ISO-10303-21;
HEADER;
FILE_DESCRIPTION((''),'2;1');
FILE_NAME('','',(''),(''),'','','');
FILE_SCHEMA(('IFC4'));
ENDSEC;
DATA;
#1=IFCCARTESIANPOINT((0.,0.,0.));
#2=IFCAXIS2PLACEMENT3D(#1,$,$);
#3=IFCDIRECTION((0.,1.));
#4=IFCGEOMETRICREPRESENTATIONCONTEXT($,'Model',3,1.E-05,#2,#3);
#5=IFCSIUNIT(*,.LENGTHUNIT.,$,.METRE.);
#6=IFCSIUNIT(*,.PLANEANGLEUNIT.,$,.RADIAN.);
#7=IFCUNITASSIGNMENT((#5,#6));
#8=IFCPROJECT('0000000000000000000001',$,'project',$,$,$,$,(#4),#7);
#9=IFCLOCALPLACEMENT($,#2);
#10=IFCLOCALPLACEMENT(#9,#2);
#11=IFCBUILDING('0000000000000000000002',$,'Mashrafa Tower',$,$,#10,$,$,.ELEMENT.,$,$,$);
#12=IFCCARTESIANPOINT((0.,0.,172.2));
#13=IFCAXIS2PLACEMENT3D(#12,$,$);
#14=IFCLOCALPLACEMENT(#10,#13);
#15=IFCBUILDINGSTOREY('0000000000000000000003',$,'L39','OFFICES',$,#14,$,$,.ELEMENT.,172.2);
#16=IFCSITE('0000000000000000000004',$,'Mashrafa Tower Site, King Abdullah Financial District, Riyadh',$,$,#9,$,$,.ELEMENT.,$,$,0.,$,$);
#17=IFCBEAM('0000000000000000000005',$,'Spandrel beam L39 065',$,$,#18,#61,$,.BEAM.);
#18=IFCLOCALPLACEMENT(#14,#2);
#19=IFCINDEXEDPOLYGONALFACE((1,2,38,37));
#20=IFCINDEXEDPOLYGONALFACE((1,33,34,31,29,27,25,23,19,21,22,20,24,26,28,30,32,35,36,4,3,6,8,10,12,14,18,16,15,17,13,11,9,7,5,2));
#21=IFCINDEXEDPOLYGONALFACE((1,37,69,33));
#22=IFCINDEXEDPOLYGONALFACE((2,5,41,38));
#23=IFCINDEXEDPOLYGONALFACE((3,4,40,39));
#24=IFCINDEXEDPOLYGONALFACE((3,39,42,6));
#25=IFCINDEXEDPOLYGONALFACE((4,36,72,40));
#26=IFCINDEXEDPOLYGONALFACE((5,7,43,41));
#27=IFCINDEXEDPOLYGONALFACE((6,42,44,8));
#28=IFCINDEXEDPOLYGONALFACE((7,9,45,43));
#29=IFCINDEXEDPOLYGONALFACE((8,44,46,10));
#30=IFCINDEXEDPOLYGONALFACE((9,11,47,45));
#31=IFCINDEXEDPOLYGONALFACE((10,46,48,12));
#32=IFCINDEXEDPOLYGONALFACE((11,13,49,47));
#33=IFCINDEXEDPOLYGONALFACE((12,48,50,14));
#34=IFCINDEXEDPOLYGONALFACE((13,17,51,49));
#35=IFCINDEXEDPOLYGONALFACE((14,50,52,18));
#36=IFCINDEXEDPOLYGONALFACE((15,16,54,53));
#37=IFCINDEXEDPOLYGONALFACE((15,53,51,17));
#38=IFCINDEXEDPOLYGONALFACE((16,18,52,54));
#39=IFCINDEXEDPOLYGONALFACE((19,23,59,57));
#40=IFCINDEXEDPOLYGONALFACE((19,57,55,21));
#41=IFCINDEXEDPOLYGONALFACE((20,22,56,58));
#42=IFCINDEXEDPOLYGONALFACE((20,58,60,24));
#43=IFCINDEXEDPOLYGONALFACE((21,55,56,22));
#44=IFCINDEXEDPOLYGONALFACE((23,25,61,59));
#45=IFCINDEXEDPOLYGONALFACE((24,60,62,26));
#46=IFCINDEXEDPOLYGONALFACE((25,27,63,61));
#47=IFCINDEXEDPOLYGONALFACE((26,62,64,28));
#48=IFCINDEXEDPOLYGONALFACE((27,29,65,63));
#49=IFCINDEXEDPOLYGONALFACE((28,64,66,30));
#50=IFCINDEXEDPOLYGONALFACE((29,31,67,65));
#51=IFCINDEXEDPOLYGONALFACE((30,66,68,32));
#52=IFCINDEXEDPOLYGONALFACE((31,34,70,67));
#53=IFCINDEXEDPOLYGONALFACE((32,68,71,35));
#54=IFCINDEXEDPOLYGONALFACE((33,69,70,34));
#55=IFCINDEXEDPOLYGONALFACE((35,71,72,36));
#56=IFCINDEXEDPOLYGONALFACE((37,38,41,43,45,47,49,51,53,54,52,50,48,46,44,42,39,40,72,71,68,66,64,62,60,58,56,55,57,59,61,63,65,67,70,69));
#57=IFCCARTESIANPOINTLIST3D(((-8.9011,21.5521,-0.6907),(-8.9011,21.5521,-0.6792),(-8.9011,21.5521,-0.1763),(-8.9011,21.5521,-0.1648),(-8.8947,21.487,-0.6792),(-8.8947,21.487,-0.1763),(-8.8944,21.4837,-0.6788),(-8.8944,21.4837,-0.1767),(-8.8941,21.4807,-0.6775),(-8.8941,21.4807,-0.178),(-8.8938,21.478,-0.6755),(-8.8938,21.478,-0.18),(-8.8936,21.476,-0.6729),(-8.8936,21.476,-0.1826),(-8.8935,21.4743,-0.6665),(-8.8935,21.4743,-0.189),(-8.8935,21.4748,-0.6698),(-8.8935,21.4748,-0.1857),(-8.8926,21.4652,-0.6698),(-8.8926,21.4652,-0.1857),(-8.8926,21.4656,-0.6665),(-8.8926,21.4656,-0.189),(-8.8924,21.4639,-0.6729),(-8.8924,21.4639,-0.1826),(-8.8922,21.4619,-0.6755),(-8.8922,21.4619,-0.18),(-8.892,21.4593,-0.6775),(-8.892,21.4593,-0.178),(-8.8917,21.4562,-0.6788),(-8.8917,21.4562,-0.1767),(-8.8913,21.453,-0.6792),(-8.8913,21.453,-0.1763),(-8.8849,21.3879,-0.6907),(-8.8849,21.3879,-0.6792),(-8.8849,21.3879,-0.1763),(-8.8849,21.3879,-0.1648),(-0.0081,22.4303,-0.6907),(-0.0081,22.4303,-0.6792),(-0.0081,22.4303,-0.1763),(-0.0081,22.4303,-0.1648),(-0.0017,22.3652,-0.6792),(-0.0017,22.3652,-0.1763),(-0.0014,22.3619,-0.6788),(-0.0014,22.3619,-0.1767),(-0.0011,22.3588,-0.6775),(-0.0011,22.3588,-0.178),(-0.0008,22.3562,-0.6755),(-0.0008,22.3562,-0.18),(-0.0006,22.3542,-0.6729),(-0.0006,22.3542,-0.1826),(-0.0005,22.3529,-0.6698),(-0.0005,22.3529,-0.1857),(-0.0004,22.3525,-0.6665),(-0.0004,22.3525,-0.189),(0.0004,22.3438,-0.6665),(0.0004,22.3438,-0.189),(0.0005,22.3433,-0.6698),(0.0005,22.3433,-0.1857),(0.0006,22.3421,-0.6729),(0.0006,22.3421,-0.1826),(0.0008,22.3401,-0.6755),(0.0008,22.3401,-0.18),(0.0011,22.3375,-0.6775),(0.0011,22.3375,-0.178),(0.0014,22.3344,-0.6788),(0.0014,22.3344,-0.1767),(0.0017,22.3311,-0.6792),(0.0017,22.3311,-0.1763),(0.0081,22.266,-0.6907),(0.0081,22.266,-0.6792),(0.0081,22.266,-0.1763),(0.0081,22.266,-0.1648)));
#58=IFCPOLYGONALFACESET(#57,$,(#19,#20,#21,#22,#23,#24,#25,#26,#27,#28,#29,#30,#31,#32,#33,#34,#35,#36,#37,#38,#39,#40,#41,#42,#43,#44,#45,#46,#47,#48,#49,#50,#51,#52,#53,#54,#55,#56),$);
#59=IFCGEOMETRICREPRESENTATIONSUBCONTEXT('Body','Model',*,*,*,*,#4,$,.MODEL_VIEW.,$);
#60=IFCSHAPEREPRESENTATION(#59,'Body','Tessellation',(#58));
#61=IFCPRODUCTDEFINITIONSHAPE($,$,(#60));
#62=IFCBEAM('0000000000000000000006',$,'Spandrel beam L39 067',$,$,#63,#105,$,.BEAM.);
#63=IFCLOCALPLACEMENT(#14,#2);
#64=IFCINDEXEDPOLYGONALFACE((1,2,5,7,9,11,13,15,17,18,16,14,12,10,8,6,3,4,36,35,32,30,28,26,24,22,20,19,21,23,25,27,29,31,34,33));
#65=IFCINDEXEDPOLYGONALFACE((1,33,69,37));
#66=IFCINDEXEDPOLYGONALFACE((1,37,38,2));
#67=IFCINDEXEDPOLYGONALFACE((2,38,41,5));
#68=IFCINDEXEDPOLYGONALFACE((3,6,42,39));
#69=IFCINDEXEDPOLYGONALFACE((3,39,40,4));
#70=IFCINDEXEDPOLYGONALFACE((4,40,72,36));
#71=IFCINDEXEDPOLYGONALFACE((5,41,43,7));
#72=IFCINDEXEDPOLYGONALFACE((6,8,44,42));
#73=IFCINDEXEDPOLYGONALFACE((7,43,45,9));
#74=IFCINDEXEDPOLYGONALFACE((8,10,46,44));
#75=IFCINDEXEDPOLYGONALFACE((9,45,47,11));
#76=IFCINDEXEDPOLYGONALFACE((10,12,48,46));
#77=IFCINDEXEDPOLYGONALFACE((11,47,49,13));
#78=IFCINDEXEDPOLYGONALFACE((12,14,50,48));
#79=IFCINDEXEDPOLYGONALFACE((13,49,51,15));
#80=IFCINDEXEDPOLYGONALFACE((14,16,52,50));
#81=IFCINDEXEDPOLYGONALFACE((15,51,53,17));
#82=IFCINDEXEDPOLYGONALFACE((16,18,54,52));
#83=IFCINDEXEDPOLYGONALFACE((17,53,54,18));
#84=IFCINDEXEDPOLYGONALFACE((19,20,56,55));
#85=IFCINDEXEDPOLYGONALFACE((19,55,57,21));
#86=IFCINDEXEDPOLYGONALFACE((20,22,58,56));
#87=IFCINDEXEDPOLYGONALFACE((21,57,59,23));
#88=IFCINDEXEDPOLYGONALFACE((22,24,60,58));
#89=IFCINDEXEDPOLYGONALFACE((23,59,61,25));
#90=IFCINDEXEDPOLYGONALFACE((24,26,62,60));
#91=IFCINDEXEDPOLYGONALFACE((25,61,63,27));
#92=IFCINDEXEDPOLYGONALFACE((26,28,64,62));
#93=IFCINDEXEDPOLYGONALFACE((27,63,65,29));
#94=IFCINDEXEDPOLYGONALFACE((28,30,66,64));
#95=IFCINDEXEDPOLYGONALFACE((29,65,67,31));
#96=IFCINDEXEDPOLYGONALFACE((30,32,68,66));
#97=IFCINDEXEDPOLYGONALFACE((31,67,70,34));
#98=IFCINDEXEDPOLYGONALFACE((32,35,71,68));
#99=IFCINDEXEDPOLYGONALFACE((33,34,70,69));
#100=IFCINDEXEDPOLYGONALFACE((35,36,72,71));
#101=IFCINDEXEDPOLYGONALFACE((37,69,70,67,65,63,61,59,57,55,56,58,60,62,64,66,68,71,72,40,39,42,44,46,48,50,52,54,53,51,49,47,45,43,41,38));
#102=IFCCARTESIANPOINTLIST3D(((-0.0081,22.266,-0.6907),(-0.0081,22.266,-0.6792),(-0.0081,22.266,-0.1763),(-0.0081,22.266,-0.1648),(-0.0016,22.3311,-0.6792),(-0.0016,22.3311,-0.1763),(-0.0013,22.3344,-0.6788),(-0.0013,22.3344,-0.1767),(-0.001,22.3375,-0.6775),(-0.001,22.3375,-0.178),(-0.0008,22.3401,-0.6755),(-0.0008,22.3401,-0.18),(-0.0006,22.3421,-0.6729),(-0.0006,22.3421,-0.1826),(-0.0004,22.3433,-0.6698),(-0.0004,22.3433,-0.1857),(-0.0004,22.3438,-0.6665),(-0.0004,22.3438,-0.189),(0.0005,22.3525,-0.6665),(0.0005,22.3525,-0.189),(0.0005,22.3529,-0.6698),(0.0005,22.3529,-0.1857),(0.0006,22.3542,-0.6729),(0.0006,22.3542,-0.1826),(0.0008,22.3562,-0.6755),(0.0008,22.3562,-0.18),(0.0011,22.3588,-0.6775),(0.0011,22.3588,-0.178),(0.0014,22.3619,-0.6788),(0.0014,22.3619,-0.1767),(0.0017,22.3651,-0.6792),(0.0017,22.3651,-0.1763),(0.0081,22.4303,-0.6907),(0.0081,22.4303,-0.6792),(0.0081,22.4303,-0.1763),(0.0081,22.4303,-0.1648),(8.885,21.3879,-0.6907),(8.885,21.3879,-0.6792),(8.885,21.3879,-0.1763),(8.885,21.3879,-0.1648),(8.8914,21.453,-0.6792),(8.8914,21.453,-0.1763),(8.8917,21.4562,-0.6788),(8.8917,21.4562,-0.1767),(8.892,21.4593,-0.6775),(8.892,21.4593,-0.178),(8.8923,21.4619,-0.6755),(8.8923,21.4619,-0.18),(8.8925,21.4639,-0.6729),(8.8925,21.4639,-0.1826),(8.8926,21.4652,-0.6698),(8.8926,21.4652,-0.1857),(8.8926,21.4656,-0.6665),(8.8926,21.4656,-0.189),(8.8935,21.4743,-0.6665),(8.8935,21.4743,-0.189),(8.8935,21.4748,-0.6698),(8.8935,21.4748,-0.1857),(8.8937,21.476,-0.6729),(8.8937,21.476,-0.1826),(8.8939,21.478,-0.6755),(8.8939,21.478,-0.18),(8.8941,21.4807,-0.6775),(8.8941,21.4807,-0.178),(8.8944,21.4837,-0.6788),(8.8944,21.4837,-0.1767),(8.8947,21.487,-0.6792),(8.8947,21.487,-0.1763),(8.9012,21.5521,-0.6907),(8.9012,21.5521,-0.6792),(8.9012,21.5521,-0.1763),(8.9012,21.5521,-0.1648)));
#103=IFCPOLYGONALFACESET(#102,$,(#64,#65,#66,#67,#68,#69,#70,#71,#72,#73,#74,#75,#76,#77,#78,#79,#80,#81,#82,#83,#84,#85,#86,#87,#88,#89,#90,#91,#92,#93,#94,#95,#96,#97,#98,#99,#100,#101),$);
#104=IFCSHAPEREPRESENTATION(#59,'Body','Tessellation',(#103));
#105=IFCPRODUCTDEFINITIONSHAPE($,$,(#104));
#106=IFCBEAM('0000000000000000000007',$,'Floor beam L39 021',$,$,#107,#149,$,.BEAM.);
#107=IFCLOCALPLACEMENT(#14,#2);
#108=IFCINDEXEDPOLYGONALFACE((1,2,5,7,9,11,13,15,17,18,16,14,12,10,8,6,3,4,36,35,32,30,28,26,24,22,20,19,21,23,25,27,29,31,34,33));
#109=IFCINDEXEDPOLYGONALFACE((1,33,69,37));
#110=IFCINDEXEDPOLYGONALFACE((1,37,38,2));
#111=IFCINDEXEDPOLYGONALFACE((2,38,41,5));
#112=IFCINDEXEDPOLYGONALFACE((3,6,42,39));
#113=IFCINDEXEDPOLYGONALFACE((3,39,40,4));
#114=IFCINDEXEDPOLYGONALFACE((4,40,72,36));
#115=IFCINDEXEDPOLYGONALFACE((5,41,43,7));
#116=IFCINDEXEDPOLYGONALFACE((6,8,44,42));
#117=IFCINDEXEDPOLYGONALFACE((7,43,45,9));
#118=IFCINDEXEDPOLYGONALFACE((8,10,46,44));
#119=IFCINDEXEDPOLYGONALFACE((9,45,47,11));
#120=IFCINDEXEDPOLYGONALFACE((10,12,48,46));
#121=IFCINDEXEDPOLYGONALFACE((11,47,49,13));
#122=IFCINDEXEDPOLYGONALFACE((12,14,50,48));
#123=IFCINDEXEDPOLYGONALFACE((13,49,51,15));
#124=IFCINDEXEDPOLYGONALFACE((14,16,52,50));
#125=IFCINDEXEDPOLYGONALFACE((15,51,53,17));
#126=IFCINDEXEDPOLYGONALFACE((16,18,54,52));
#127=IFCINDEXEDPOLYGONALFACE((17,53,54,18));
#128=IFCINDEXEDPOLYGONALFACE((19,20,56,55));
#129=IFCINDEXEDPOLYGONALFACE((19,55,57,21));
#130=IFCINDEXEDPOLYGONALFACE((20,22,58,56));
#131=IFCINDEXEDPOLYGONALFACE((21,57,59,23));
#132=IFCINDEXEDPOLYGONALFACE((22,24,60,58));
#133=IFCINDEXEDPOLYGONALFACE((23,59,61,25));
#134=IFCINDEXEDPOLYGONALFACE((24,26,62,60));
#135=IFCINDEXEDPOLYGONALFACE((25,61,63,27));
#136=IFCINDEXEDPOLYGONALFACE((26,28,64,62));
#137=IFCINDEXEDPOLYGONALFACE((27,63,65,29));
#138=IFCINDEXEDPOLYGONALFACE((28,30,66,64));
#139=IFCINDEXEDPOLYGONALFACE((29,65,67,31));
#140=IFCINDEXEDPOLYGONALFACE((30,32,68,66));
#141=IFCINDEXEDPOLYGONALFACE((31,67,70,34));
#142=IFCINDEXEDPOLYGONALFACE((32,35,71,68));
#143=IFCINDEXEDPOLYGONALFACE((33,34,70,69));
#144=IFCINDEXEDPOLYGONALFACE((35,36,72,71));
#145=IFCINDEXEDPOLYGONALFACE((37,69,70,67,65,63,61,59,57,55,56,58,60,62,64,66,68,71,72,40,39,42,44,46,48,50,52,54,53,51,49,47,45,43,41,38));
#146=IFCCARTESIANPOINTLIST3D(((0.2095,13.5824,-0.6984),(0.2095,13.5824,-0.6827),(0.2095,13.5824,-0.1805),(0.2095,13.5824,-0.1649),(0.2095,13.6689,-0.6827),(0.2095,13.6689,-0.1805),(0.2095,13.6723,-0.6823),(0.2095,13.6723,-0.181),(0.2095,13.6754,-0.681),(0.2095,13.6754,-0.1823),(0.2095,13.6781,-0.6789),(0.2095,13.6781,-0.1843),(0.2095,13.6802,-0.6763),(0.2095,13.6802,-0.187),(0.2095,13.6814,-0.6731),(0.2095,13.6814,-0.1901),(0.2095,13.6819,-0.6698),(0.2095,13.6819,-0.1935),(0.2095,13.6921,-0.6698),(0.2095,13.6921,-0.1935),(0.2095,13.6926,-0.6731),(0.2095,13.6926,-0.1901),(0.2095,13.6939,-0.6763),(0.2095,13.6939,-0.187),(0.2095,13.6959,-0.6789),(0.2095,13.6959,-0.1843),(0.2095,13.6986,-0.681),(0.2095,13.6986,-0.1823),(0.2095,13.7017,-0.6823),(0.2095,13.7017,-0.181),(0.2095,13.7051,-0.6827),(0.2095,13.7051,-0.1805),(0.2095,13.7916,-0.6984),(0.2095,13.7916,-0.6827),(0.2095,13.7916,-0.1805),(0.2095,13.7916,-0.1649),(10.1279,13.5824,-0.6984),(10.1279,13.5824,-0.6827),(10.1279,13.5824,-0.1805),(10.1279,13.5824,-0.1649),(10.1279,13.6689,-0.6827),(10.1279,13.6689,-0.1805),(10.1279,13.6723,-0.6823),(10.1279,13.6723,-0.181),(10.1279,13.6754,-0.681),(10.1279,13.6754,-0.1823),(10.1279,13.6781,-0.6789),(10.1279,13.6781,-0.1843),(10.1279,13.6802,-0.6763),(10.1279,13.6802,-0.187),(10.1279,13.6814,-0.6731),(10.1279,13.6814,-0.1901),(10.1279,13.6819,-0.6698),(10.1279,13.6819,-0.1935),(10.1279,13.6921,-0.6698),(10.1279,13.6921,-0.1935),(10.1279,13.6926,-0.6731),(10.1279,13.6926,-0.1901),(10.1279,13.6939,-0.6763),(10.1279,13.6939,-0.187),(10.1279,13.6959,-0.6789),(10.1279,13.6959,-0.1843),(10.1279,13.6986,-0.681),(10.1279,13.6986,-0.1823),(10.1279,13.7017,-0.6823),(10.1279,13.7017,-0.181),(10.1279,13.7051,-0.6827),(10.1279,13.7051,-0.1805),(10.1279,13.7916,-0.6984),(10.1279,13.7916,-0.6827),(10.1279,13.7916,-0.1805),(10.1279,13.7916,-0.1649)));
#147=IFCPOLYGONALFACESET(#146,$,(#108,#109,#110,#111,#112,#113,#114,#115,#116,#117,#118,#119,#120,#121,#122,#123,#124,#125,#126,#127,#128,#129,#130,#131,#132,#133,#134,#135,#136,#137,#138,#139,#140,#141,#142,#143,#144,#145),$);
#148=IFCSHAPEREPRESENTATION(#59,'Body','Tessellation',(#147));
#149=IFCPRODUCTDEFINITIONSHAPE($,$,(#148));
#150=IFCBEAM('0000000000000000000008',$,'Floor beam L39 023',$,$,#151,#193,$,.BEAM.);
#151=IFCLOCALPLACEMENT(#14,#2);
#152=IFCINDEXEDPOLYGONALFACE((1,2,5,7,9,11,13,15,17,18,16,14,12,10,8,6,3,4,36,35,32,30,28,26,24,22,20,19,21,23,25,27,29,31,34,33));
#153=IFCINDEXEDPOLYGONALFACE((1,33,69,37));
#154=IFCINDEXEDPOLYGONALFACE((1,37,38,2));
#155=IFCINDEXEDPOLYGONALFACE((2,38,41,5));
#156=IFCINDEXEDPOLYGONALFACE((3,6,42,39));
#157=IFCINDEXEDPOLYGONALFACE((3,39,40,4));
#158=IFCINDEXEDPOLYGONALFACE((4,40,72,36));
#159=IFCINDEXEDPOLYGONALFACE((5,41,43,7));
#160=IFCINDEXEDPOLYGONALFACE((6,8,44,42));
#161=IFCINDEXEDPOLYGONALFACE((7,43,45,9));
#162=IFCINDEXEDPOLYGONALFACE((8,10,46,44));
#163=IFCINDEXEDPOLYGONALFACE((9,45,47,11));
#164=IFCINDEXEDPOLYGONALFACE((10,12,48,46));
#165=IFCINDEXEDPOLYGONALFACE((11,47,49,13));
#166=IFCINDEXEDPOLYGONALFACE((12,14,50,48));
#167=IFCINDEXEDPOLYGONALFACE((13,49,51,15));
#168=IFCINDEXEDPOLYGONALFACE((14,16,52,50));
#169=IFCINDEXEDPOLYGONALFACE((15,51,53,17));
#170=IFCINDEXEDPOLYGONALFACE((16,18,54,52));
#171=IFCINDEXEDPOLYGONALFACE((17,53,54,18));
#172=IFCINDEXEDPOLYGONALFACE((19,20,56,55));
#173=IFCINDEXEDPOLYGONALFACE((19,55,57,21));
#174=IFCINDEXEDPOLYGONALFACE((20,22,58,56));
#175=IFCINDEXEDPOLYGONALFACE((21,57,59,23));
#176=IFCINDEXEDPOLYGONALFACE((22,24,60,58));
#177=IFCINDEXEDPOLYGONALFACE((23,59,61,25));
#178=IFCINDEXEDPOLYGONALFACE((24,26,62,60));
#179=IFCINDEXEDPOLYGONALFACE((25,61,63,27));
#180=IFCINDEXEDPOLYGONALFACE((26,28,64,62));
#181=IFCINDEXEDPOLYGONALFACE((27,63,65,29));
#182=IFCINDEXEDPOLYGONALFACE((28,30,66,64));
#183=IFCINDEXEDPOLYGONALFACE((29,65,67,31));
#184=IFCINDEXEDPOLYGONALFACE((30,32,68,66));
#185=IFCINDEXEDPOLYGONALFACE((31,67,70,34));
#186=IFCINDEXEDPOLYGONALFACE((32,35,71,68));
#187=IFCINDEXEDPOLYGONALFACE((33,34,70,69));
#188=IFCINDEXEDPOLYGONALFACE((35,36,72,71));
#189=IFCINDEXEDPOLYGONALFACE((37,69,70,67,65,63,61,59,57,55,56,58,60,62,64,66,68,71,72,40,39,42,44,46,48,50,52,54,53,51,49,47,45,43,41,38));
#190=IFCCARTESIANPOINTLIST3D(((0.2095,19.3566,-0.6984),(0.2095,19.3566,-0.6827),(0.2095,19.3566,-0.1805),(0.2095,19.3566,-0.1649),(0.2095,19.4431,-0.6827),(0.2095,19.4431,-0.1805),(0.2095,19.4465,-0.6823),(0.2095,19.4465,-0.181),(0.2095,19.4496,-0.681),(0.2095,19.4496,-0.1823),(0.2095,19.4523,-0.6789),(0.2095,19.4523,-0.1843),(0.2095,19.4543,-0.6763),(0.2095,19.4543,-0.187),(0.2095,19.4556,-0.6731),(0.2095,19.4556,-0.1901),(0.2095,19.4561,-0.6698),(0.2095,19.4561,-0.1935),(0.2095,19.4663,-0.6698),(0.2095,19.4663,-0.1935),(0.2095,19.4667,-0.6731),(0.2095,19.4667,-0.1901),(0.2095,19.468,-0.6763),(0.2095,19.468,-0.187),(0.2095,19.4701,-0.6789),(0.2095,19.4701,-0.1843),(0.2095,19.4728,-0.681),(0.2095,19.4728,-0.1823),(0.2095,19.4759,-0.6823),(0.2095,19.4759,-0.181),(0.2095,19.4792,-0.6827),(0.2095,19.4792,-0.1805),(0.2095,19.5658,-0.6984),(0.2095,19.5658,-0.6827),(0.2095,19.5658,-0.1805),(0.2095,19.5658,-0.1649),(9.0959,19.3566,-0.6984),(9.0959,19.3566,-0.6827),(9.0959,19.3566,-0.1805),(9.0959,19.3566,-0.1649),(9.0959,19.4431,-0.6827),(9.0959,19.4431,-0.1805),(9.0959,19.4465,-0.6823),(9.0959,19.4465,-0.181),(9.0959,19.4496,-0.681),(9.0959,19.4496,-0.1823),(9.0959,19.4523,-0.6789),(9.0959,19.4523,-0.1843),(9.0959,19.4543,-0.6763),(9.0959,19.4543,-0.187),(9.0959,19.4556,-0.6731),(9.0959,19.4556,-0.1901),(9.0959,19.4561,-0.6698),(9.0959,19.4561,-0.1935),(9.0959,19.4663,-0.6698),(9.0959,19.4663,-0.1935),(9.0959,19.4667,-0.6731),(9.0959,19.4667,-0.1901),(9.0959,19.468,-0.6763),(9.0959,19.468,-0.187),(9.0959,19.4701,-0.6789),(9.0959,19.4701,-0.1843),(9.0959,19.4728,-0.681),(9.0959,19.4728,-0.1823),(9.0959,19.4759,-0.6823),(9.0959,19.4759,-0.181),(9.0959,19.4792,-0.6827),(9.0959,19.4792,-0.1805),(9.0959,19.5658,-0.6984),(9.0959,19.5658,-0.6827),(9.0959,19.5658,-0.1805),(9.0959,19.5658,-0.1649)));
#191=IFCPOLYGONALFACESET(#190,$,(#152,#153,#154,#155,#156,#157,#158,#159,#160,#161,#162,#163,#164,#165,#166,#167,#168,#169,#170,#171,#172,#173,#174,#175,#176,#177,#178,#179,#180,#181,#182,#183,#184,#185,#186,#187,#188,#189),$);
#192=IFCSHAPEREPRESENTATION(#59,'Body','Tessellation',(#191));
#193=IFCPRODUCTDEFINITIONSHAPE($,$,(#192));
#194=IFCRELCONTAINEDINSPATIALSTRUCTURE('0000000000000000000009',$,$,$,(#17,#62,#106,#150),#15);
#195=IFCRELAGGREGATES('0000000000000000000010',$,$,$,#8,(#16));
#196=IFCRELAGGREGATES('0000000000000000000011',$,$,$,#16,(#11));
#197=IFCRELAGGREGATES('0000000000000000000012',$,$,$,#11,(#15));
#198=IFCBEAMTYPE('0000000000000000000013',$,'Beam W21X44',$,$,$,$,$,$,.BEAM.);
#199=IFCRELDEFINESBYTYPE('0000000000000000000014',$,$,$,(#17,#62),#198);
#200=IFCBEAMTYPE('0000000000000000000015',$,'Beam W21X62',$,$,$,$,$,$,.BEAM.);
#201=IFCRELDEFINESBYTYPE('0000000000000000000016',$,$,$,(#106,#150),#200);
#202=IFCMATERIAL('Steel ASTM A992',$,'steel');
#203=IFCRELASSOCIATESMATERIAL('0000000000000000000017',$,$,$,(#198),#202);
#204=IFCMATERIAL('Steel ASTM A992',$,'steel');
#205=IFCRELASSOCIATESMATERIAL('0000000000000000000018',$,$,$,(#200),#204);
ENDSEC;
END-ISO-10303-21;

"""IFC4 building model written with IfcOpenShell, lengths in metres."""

from ifc_helpers import new_model, si_unit, direction, frame, origin, origin_2d, place, context, subcontext, project, spatial, i_section, extrude, material, material_profile, profile_set, type_object, element, save


model = new_model("IFC4")

# Units and contexts
model_context = context("Model", 3, precision=1e-05, world=origin(), true_north=direction((0.0, 1.0)))
body_context = subcontext(model_context, "Body", "Model", "MODEL_VIEW")
ifc_project = project(units=[si_unit("LENGTHUNIT", "METRE"), si_unit("PLANEANGLEUNIT", "RADIAN")], contexts=[model_context])

# Site, building, storey
site_placement = place(None, origin())
site = spatial("IfcSite", under=ifc_project, at=site_placement, Name="Mashrafa Tower Site, King Abdullah Financial District, Riyadh", CompositionType="ELEMENT", RefElevation=0.0)
building_placement = place(site_placement, origin())
building = spatial("IfcBuilding", under=site, at=building_placement, Name="Mashrafa Tower", CompositionType="ELEMENT")
storey_placement = place(building_placement, frame((0.0, 0.0, 172.2)))
storey = spatial("IfcBuildingStorey", under=building, at=storey_placement, Name="L39", Description="OFFICES", CompositionType="ELEMENT", Elevation=172.2)

# Beams
ifc_material_1 = material(Name="Steel ASTM A992", Category="steel")
ifc_material_profile_1 = material_profile(ifc_material_1, i_section(OverallWidth=0.165, OverallDepth=0.5259, WebThickness=0.0088, FlangeThickness=0.0115, FilletRadius=0.0127, at=origin_2d()), Name="W21X44")
ifc_profile_set_1 = profile_set([ifc_material_profile_1], Name="Steel ASTM A992")
beam_type_1 = type_object("IfcBeamType", Name="Beam W21X44", PredefinedType="BEAM", material=ifc_profile_set_1)
for number, where, z_axis, x_axis, name in (
    (1, (0.0, 22.3481, -0.4277), (-0.99516, -0.09827, 0.0), (0.09827, -0.99516, 0.0), "Spandrel beam L39 065"),
    (2, (8.8931, 21.47, -0.4277), (-0.99516, 0.09827, 0.0), (-0.09827, -0.99516, 0.0), "Spandrel beam L39 067"),
):
    element("IfcBeam", number, at=place(storey_placement, frame(where, z_axis=z_axis, x_axis=x_axis)), inside=storey, type_object=beam_type_1, Name=name, PredefinedType="BEAM", context=body_context, shape_type="SweptSolid", body=[
        extrude(i_section(OverallWidth=0.165, OverallDepth=0.5259, WebThickness=0.0088, FlangeThickness=0.0115, FilletRadius=0.0127, at=origin_2d()), origin(), (0.0, 0.0, 1.0), 8.9363),
    ])
ifc_material_2 = material(Name="Steel ASTM A992", Category="steel")
ifc_material_profile_2 = material_profile(ifc_material_2, i_section(OverallWidth=0.2092, OverallDepth=0.5334, WebThickness=0.0103, FlangeThickness=0.0156, FilletRadius=0.0129, at=origin_2d()), Name="W21X62")
ifc_profile_set_2 = profile_set([ifc_material_profile_2], Name="Steel ASTM A992")
beam_type_2 = type_object("IfcBeamType", Name="Beam W21X62", PredefinedType="BEAM", material=ifc_profile_set_2)
beam_1_placement = place(storey_placement, frame((0.2095, 13.687, -0.4316), z_axis=(1.0, 0.0, 0.0), x_axis=(0.0, 1.0, 0.0)))
element("IfcBeam", 3, at=beam_1_placement, inside=storey, type_object=beam_type_2, Name="Floor beam L39 021", PredefinedType="BEAM", context=body_context, shape_type="SweptSolid", body=[
    extrude(i_section(OverallWidth=0.2092, OverallDepth=0.5334, WebThickness=0.0103, FlangeThickness=0.0156, FilletRadius=0.0129, at=origin_2d()), origin(), (0.0, 0.0, 1.0), 9.9185),
])
beam_2_placement = place(storey_placement, frame((0.2095, 19.4612, -0.4316), z_axis=(1.0, 0.0, 0.0), x_axis=(0.0, 1.0, 0.0)))
element("IfcBeam", 4, at=beam_2_placement, inside=storey, type_object=beam_type_2, Name="Floor beam L39 023", PredefinedType="BEAM", context=body_context, shape_type="SweptSolid", body=[
    extrude(i_section(OverallWidth=0.2092, OverallDepth=0.5334, WebThickness=0.0103, FlangeThickness=0.0156, FilletRadius=0.0129, at=origin_2d()), origin(), (0.0, 0.0, 1.0), 8.8865),
])

save(model, "model.ifc")
